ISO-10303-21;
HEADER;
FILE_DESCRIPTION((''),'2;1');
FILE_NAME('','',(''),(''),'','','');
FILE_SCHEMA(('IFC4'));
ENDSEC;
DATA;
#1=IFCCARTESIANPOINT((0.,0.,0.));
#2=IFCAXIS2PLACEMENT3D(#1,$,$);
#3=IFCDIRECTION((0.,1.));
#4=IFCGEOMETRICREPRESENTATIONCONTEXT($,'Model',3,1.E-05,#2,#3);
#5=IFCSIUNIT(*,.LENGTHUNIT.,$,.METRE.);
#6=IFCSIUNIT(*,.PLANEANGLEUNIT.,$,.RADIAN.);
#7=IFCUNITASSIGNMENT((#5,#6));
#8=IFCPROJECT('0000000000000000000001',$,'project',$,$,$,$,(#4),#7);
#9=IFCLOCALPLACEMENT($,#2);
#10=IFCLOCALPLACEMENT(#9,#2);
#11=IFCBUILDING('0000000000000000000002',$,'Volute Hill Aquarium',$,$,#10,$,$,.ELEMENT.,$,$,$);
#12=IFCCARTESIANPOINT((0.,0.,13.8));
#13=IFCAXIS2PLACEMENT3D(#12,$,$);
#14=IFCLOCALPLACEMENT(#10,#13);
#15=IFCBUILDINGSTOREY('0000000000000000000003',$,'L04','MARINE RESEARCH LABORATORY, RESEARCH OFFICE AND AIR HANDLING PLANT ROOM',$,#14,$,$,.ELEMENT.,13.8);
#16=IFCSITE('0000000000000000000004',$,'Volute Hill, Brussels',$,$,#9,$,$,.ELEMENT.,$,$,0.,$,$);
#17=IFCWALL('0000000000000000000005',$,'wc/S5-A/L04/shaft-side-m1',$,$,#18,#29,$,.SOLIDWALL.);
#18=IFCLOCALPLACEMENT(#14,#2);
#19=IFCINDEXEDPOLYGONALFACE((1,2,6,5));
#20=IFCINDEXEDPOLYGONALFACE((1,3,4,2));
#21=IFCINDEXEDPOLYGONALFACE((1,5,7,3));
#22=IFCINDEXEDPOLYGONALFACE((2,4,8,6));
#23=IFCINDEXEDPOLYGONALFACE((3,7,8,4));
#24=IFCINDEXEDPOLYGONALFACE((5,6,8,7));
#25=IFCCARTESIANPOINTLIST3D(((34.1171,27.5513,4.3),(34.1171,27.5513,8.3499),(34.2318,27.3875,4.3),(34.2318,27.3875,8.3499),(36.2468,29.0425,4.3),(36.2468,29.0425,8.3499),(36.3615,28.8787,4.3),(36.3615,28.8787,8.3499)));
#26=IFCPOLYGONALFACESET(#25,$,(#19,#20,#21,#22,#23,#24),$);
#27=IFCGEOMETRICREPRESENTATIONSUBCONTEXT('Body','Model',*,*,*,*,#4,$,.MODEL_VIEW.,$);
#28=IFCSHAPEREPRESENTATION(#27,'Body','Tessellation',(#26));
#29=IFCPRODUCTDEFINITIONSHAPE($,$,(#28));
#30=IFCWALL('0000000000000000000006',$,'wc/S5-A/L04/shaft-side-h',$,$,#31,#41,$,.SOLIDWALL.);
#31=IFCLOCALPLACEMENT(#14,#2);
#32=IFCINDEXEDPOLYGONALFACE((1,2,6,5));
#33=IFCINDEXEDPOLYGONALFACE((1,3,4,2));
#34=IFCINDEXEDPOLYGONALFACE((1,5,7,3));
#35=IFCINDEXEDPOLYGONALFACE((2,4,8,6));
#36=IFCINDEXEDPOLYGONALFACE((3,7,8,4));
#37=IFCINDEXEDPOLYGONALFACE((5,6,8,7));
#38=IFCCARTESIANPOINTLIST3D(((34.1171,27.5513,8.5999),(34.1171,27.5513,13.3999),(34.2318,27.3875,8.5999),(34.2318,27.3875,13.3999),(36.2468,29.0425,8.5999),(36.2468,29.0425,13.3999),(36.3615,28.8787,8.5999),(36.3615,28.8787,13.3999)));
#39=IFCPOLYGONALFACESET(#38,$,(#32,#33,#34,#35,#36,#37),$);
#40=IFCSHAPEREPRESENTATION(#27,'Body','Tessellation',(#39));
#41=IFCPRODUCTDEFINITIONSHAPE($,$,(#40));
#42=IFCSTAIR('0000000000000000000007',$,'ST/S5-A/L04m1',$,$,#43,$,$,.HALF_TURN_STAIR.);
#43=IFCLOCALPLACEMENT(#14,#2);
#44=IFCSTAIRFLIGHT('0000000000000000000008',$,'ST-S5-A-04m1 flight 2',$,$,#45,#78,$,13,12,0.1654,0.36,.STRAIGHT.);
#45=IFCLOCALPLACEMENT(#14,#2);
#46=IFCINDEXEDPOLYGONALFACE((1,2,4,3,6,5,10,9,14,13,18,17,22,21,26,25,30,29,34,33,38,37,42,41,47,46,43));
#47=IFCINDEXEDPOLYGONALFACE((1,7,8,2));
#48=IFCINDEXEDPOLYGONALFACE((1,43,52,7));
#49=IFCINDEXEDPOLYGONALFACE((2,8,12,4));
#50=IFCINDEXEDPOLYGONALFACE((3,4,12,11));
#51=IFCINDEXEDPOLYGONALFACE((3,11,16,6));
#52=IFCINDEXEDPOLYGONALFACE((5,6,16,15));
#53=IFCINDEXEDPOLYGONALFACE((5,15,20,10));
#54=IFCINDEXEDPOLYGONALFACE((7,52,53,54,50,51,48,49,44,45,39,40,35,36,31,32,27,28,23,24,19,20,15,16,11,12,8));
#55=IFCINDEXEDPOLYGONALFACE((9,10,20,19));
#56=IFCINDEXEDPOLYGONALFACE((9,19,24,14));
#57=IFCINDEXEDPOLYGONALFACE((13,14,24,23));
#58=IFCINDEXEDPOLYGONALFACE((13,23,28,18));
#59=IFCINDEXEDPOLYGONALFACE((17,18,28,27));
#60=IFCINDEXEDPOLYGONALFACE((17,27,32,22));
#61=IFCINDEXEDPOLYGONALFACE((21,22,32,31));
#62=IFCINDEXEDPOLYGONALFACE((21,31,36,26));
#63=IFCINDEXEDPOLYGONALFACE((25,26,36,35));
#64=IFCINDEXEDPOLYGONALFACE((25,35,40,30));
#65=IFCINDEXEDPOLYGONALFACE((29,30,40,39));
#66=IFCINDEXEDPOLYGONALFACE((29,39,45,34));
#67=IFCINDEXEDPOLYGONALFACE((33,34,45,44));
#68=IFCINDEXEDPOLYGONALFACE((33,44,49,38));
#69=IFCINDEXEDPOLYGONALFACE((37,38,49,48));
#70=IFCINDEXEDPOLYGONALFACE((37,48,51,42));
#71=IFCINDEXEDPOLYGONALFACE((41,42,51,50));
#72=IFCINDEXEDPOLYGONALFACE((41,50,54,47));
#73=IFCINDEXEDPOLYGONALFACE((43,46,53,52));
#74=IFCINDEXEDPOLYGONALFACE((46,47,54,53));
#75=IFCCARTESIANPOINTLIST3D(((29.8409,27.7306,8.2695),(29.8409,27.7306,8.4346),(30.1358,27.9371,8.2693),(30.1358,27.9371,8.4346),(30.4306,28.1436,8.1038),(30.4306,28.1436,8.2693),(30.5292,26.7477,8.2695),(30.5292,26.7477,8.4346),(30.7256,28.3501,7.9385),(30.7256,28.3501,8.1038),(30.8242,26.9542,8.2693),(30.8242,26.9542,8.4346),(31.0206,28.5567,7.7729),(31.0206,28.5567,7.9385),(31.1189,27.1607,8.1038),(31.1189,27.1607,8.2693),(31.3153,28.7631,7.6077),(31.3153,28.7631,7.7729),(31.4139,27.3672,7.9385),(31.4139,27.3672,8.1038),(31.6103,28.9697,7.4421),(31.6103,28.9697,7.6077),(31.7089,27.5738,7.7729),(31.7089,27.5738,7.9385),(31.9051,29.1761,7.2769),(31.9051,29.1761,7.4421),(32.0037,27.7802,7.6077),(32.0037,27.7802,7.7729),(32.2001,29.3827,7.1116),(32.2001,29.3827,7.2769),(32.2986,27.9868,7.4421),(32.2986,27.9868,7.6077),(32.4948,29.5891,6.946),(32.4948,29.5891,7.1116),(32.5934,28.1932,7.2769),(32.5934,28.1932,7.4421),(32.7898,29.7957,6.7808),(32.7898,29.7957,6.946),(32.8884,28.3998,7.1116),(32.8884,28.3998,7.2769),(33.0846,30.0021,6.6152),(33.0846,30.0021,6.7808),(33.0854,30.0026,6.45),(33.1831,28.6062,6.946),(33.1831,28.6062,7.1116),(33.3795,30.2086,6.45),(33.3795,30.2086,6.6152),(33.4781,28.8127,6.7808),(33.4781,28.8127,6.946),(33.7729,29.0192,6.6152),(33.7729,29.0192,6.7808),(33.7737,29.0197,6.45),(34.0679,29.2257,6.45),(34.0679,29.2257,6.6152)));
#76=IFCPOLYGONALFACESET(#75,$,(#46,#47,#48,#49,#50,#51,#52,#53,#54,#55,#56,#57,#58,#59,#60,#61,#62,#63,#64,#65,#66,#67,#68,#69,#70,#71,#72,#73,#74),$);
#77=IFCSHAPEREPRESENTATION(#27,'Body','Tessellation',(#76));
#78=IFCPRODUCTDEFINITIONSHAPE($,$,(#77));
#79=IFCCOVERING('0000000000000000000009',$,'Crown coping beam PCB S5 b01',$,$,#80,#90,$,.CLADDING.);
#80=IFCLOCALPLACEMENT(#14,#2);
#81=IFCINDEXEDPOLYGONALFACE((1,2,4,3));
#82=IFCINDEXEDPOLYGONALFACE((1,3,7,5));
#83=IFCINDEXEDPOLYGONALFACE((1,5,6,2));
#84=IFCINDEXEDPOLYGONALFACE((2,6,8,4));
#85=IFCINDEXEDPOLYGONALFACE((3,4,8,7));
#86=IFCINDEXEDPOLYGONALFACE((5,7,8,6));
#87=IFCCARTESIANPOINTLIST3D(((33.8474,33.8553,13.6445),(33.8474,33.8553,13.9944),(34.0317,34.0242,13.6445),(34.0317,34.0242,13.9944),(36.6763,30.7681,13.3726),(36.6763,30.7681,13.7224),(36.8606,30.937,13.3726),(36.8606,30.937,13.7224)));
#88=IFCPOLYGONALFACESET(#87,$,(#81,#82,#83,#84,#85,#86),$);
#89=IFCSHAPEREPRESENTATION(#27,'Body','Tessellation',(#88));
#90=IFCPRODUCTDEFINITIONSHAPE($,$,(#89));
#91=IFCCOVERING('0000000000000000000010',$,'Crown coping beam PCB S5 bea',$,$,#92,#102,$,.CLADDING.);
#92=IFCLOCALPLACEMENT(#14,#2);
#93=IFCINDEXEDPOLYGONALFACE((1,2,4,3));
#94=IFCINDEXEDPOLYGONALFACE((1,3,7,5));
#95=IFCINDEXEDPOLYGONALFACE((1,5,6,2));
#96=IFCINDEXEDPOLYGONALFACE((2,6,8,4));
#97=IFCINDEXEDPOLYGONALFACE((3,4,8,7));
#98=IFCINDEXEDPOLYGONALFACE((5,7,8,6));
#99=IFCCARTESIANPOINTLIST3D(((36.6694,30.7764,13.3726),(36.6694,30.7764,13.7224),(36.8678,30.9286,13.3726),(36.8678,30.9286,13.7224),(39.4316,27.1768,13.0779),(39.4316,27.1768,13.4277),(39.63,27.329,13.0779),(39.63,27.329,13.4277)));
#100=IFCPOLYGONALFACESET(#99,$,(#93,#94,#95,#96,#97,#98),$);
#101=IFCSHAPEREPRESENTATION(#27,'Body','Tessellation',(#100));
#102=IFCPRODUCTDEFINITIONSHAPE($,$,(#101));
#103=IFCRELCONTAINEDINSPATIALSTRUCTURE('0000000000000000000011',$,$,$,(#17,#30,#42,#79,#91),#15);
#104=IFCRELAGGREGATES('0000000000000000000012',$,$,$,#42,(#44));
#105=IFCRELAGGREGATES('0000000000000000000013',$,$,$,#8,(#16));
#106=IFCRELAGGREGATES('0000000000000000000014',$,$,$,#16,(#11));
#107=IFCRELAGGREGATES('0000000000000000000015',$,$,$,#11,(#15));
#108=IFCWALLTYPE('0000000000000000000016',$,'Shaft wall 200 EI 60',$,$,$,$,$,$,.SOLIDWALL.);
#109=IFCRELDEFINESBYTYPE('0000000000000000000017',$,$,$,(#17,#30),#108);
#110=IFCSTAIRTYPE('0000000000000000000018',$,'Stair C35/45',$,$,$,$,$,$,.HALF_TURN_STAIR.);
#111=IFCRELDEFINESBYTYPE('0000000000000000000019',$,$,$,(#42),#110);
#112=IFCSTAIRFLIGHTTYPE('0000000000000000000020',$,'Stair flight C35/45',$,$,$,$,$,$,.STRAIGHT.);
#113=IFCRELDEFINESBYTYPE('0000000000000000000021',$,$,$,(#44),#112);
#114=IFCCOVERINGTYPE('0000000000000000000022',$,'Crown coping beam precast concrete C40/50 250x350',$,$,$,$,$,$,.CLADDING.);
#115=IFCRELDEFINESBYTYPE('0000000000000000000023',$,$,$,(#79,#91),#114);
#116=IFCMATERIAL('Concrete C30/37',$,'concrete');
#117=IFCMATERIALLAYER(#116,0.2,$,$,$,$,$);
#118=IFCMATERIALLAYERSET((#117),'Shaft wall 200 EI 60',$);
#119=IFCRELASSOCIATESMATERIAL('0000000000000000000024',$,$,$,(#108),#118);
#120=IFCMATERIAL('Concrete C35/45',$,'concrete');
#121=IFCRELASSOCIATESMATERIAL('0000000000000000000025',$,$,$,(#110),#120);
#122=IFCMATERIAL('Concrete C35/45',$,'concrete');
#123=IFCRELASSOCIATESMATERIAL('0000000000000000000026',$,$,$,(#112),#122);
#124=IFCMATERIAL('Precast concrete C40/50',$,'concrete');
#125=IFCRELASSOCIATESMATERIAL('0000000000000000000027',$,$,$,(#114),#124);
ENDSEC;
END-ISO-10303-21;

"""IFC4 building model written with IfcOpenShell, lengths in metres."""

from ifc_helpers import new_model, si_unit, direction, frame, frame_2d, origin, place, context, subcontext, project, spatial, polyline, rectangle, outline, extrude, material, layer, layer_set, type_object, element, aggregate, save


model = new_model("IFC4")

# Units and contexts
model_context = context("Model", 3, precision=1e-05, world=origin(), true_north=direction((0.0, 1.0)))
body_context = subcontext(model_context, "Body", "Model", "MODEL_VIEW")
ifc_project = project(units=[si_unit("LENGTHUNIT", "METRE"), si_unit("PLANEANGLEUNIT", "RADIAN")], contexts=[model_context])

# Site, building, storey
site_placement = place(None, origin())
site = spatial("IfcSite", under=ifc_project, at=site_placement, Name="Volute Hill, Brussels", CompositionType="ELEMENT", RefElevation=0.0)
building_placement = place(site_placement, origin())
building = spatial("IfcBuilding", under=site, at=building_placement, Name="Volute Hill Aquarium", CompositionType="ELEMENT")
storey_placement = place(building_placement, frame((0.0, 0.0, 13.8)))
storey = spatial("IfcBuildingStorey", under=building, at=storey_placement, Name="L04", Description="MARINE RESEARCH LABORATORY, RESEARCH OFFICE AND AIR HANDLING PLANT ROOM", CompositionType="ELEMENT", Elevation=13.8)

# Walls
ifc_material_1 = material(Name="Concrete C30/37", Category="concrete")
ifc_layer_1 = layer(ifc_material_1, 0.2)
ifc_layer_set_1 = layer_set([ifc_layer_1], Name="Shaft wall 200 EI 60")
wall_type_1 = type_object("IfcWallType", Name="Shaft wall 200 EI 60", PredefinedType="SOLIDWALL", material=ifc_layer_set_1)
wall_1_placement = place(storey_placement, frame((34.1746, 27.4695, 4.3), z_axis=(0.0, 0.0, 1.0), x_axis=(0.819148, 0.573582, 0.0)))
element("IfcWall", 1, at=wall_1_placement, inside=storey, type_object=wall_type_1, Name="wc/S5-A/L04/shaft-side-m1", PredefinedType="SOLIDWALL", context=body_context, shape_type="SweptSolid", body=[
    extrude(rectangle(XDim=2.5999, YDim=0.2, at=frame_2d((1.2998, 0.0))), origin(), (0.0, 0.0, 1.0), 4.0498),
])
wall_2_placement = place(storey_placement, frame((34.1746, 27.4695, 8.5999), z_axis=(0.0, 0.0, 1.0), x_axis=(0.819148, 0.573582, 0.0)))
element("IfcWall", 2, at=wall_2_placement, inside=storey, type_object=wall_type_1, Name="wc/S5-A/L04/shaft-side-h", PredefinedType="SOLIDWALL", context=body_context, shape_type="SweptSolid", body=[
    extrude(rectangle(XDim=2.5999, YDim=0.2, at=frame_2d((1.2998, 0.0))), origin(), (0.0, 0.0, 1.0), 4.8),
])

# Stair, stair flight
ifc_material_2 = material(Name="Concrete C35/45", Category="concrete")
stair_type = type_object("IfcStairType", Name="Stair C35/45", PredefinedType="HALF_TURN_STAIR", material=ifc_material_2)
stair_placement = place(storey_placement, origin())
stair = element("IfcStair", 3, at=stair_placement, inside=storey, type_object=stair_type, Name="ST/S5-A/L04m1", PredefinedType="HALF_TURN_STAIR")
ifc_material_3 = material(Name="Concrete C35/45", Category="concrete")
stair_flight_type = type_object("IfcStairFlightType", Name="Stair flight C35/45", PredefinedType="STRAIGHT", material=ifc_material_3)
stair_flight_placement = place(storey_placement, frame((33.7236, 29.7173, 6.45), z_axis=(0.0, 0.0, 1.0), x_axis=(-0.819124, -0.573617, 0.0)))
stair_flight = element("IfcStairFlight", 4, at=stair_flight_placement, type_object=stair_flight_type, Name="ST-S5-A-04m1 flight 2", NumberOfRisers=13, NumberOfTreads=12, PredefinedType="STRAIGHT", RiserHeight=0.1654, TreadLength=0.36, context=body_context, shape_type="SweptSolid", body=[
    extrude(outline(polyline([(0.0, 0.0), (0.0, 0.1653), (0.3601, 0.1653), (0.3601, 0.3308), (0.72, 0.3308), (0.72, 0.4961), (1.0801, 0.4961), (1.0801, 0.6616), (1.4399, 0.6616), (1.4399, 0.8269), (1.8, 0.8269), (1.8, 0.9922), (2.1599, 0.9922), (2.1599, 1.1577), (2.52, 1.1577), (2.52, 1.323), (2.8799, 1.323), (2.8799, 1.4885), (3.24, 1.4885), (3.24, 1.6538), (3.6001, 1.6538), (3.6001, 1.8193), (3.96, 1.8193), (3.96, 1.9846), (4.3201, 1.9846), (4.3201, 2.1499), (4.3201, 1.8196), (0.3591, 0.0), (0.0, 0.0)])), frame((0.0, 0.6001, 0.0), z_axis=(0.0, -1.0, 0.0), x_axis=(1.0, 0.0, 0.0)), (0.0, 0.0, 1.0), 1.2),
])
aggregate(stair, [stair_flight])

# Coverings
ifc_material_4 = material(Name="Precast concrete C40/50", Category="concrete")
covering_type_1 = type_object("IfcCoveringType", Name="Crown coping beam precast concrete C40/50 250x350", PredefinedType="CLADDING", material=ifc_material_4)
covering_1_placement = place(storey_placement, frame((36.8606, 30.937, 13.3726), z_axis=(0.737278, 0.67559, 0.0), x_axis=(-0.674169, 0.735727, 0.064816)))
element("IfcCovering", 5, at=covering_1_placement, inside=storey, type_object=covering_type_1, Name="Crown coping beam PCB S5 b01", PredefinedType="CLADDING", context=body_context, shape_type="SweptSolid", body=[
    extrude(outline(polyline([(0.0, 0.0), (4.1961, 0.0), (4.2187, 0.3491), (0.0227, 0.3491), (0.0, 0.0)])), origin(), (0.0, 0.0, -1.0), 0.25),
])
covering_2_placement = place(storey_placement, frame((36.6694, 30.7764, 13.3726), z_axis=(-0.79334, -0.608779, 0.0), x_axis=(0.6075, -0.791672, -0.064809)))
element("IfcCovering", 6, at=covering_2_placement, inside=storey, type_object=covering_type_1, Name="Crown coping beam PCB S5 bea", PredefinedType="CLADDING", context=body_context, shape_type="SweptSolid", body=[
    extrude(outline(polyline([(0.0, 0.0), (4.5468, 0.0), (4.5242, 0.3491), (-0.0227, 0.3491), (0.0, 0.0)])), origin(), (0.0, 0.0, -1.0), 0.25),
])

save(model, "model.ifc")
